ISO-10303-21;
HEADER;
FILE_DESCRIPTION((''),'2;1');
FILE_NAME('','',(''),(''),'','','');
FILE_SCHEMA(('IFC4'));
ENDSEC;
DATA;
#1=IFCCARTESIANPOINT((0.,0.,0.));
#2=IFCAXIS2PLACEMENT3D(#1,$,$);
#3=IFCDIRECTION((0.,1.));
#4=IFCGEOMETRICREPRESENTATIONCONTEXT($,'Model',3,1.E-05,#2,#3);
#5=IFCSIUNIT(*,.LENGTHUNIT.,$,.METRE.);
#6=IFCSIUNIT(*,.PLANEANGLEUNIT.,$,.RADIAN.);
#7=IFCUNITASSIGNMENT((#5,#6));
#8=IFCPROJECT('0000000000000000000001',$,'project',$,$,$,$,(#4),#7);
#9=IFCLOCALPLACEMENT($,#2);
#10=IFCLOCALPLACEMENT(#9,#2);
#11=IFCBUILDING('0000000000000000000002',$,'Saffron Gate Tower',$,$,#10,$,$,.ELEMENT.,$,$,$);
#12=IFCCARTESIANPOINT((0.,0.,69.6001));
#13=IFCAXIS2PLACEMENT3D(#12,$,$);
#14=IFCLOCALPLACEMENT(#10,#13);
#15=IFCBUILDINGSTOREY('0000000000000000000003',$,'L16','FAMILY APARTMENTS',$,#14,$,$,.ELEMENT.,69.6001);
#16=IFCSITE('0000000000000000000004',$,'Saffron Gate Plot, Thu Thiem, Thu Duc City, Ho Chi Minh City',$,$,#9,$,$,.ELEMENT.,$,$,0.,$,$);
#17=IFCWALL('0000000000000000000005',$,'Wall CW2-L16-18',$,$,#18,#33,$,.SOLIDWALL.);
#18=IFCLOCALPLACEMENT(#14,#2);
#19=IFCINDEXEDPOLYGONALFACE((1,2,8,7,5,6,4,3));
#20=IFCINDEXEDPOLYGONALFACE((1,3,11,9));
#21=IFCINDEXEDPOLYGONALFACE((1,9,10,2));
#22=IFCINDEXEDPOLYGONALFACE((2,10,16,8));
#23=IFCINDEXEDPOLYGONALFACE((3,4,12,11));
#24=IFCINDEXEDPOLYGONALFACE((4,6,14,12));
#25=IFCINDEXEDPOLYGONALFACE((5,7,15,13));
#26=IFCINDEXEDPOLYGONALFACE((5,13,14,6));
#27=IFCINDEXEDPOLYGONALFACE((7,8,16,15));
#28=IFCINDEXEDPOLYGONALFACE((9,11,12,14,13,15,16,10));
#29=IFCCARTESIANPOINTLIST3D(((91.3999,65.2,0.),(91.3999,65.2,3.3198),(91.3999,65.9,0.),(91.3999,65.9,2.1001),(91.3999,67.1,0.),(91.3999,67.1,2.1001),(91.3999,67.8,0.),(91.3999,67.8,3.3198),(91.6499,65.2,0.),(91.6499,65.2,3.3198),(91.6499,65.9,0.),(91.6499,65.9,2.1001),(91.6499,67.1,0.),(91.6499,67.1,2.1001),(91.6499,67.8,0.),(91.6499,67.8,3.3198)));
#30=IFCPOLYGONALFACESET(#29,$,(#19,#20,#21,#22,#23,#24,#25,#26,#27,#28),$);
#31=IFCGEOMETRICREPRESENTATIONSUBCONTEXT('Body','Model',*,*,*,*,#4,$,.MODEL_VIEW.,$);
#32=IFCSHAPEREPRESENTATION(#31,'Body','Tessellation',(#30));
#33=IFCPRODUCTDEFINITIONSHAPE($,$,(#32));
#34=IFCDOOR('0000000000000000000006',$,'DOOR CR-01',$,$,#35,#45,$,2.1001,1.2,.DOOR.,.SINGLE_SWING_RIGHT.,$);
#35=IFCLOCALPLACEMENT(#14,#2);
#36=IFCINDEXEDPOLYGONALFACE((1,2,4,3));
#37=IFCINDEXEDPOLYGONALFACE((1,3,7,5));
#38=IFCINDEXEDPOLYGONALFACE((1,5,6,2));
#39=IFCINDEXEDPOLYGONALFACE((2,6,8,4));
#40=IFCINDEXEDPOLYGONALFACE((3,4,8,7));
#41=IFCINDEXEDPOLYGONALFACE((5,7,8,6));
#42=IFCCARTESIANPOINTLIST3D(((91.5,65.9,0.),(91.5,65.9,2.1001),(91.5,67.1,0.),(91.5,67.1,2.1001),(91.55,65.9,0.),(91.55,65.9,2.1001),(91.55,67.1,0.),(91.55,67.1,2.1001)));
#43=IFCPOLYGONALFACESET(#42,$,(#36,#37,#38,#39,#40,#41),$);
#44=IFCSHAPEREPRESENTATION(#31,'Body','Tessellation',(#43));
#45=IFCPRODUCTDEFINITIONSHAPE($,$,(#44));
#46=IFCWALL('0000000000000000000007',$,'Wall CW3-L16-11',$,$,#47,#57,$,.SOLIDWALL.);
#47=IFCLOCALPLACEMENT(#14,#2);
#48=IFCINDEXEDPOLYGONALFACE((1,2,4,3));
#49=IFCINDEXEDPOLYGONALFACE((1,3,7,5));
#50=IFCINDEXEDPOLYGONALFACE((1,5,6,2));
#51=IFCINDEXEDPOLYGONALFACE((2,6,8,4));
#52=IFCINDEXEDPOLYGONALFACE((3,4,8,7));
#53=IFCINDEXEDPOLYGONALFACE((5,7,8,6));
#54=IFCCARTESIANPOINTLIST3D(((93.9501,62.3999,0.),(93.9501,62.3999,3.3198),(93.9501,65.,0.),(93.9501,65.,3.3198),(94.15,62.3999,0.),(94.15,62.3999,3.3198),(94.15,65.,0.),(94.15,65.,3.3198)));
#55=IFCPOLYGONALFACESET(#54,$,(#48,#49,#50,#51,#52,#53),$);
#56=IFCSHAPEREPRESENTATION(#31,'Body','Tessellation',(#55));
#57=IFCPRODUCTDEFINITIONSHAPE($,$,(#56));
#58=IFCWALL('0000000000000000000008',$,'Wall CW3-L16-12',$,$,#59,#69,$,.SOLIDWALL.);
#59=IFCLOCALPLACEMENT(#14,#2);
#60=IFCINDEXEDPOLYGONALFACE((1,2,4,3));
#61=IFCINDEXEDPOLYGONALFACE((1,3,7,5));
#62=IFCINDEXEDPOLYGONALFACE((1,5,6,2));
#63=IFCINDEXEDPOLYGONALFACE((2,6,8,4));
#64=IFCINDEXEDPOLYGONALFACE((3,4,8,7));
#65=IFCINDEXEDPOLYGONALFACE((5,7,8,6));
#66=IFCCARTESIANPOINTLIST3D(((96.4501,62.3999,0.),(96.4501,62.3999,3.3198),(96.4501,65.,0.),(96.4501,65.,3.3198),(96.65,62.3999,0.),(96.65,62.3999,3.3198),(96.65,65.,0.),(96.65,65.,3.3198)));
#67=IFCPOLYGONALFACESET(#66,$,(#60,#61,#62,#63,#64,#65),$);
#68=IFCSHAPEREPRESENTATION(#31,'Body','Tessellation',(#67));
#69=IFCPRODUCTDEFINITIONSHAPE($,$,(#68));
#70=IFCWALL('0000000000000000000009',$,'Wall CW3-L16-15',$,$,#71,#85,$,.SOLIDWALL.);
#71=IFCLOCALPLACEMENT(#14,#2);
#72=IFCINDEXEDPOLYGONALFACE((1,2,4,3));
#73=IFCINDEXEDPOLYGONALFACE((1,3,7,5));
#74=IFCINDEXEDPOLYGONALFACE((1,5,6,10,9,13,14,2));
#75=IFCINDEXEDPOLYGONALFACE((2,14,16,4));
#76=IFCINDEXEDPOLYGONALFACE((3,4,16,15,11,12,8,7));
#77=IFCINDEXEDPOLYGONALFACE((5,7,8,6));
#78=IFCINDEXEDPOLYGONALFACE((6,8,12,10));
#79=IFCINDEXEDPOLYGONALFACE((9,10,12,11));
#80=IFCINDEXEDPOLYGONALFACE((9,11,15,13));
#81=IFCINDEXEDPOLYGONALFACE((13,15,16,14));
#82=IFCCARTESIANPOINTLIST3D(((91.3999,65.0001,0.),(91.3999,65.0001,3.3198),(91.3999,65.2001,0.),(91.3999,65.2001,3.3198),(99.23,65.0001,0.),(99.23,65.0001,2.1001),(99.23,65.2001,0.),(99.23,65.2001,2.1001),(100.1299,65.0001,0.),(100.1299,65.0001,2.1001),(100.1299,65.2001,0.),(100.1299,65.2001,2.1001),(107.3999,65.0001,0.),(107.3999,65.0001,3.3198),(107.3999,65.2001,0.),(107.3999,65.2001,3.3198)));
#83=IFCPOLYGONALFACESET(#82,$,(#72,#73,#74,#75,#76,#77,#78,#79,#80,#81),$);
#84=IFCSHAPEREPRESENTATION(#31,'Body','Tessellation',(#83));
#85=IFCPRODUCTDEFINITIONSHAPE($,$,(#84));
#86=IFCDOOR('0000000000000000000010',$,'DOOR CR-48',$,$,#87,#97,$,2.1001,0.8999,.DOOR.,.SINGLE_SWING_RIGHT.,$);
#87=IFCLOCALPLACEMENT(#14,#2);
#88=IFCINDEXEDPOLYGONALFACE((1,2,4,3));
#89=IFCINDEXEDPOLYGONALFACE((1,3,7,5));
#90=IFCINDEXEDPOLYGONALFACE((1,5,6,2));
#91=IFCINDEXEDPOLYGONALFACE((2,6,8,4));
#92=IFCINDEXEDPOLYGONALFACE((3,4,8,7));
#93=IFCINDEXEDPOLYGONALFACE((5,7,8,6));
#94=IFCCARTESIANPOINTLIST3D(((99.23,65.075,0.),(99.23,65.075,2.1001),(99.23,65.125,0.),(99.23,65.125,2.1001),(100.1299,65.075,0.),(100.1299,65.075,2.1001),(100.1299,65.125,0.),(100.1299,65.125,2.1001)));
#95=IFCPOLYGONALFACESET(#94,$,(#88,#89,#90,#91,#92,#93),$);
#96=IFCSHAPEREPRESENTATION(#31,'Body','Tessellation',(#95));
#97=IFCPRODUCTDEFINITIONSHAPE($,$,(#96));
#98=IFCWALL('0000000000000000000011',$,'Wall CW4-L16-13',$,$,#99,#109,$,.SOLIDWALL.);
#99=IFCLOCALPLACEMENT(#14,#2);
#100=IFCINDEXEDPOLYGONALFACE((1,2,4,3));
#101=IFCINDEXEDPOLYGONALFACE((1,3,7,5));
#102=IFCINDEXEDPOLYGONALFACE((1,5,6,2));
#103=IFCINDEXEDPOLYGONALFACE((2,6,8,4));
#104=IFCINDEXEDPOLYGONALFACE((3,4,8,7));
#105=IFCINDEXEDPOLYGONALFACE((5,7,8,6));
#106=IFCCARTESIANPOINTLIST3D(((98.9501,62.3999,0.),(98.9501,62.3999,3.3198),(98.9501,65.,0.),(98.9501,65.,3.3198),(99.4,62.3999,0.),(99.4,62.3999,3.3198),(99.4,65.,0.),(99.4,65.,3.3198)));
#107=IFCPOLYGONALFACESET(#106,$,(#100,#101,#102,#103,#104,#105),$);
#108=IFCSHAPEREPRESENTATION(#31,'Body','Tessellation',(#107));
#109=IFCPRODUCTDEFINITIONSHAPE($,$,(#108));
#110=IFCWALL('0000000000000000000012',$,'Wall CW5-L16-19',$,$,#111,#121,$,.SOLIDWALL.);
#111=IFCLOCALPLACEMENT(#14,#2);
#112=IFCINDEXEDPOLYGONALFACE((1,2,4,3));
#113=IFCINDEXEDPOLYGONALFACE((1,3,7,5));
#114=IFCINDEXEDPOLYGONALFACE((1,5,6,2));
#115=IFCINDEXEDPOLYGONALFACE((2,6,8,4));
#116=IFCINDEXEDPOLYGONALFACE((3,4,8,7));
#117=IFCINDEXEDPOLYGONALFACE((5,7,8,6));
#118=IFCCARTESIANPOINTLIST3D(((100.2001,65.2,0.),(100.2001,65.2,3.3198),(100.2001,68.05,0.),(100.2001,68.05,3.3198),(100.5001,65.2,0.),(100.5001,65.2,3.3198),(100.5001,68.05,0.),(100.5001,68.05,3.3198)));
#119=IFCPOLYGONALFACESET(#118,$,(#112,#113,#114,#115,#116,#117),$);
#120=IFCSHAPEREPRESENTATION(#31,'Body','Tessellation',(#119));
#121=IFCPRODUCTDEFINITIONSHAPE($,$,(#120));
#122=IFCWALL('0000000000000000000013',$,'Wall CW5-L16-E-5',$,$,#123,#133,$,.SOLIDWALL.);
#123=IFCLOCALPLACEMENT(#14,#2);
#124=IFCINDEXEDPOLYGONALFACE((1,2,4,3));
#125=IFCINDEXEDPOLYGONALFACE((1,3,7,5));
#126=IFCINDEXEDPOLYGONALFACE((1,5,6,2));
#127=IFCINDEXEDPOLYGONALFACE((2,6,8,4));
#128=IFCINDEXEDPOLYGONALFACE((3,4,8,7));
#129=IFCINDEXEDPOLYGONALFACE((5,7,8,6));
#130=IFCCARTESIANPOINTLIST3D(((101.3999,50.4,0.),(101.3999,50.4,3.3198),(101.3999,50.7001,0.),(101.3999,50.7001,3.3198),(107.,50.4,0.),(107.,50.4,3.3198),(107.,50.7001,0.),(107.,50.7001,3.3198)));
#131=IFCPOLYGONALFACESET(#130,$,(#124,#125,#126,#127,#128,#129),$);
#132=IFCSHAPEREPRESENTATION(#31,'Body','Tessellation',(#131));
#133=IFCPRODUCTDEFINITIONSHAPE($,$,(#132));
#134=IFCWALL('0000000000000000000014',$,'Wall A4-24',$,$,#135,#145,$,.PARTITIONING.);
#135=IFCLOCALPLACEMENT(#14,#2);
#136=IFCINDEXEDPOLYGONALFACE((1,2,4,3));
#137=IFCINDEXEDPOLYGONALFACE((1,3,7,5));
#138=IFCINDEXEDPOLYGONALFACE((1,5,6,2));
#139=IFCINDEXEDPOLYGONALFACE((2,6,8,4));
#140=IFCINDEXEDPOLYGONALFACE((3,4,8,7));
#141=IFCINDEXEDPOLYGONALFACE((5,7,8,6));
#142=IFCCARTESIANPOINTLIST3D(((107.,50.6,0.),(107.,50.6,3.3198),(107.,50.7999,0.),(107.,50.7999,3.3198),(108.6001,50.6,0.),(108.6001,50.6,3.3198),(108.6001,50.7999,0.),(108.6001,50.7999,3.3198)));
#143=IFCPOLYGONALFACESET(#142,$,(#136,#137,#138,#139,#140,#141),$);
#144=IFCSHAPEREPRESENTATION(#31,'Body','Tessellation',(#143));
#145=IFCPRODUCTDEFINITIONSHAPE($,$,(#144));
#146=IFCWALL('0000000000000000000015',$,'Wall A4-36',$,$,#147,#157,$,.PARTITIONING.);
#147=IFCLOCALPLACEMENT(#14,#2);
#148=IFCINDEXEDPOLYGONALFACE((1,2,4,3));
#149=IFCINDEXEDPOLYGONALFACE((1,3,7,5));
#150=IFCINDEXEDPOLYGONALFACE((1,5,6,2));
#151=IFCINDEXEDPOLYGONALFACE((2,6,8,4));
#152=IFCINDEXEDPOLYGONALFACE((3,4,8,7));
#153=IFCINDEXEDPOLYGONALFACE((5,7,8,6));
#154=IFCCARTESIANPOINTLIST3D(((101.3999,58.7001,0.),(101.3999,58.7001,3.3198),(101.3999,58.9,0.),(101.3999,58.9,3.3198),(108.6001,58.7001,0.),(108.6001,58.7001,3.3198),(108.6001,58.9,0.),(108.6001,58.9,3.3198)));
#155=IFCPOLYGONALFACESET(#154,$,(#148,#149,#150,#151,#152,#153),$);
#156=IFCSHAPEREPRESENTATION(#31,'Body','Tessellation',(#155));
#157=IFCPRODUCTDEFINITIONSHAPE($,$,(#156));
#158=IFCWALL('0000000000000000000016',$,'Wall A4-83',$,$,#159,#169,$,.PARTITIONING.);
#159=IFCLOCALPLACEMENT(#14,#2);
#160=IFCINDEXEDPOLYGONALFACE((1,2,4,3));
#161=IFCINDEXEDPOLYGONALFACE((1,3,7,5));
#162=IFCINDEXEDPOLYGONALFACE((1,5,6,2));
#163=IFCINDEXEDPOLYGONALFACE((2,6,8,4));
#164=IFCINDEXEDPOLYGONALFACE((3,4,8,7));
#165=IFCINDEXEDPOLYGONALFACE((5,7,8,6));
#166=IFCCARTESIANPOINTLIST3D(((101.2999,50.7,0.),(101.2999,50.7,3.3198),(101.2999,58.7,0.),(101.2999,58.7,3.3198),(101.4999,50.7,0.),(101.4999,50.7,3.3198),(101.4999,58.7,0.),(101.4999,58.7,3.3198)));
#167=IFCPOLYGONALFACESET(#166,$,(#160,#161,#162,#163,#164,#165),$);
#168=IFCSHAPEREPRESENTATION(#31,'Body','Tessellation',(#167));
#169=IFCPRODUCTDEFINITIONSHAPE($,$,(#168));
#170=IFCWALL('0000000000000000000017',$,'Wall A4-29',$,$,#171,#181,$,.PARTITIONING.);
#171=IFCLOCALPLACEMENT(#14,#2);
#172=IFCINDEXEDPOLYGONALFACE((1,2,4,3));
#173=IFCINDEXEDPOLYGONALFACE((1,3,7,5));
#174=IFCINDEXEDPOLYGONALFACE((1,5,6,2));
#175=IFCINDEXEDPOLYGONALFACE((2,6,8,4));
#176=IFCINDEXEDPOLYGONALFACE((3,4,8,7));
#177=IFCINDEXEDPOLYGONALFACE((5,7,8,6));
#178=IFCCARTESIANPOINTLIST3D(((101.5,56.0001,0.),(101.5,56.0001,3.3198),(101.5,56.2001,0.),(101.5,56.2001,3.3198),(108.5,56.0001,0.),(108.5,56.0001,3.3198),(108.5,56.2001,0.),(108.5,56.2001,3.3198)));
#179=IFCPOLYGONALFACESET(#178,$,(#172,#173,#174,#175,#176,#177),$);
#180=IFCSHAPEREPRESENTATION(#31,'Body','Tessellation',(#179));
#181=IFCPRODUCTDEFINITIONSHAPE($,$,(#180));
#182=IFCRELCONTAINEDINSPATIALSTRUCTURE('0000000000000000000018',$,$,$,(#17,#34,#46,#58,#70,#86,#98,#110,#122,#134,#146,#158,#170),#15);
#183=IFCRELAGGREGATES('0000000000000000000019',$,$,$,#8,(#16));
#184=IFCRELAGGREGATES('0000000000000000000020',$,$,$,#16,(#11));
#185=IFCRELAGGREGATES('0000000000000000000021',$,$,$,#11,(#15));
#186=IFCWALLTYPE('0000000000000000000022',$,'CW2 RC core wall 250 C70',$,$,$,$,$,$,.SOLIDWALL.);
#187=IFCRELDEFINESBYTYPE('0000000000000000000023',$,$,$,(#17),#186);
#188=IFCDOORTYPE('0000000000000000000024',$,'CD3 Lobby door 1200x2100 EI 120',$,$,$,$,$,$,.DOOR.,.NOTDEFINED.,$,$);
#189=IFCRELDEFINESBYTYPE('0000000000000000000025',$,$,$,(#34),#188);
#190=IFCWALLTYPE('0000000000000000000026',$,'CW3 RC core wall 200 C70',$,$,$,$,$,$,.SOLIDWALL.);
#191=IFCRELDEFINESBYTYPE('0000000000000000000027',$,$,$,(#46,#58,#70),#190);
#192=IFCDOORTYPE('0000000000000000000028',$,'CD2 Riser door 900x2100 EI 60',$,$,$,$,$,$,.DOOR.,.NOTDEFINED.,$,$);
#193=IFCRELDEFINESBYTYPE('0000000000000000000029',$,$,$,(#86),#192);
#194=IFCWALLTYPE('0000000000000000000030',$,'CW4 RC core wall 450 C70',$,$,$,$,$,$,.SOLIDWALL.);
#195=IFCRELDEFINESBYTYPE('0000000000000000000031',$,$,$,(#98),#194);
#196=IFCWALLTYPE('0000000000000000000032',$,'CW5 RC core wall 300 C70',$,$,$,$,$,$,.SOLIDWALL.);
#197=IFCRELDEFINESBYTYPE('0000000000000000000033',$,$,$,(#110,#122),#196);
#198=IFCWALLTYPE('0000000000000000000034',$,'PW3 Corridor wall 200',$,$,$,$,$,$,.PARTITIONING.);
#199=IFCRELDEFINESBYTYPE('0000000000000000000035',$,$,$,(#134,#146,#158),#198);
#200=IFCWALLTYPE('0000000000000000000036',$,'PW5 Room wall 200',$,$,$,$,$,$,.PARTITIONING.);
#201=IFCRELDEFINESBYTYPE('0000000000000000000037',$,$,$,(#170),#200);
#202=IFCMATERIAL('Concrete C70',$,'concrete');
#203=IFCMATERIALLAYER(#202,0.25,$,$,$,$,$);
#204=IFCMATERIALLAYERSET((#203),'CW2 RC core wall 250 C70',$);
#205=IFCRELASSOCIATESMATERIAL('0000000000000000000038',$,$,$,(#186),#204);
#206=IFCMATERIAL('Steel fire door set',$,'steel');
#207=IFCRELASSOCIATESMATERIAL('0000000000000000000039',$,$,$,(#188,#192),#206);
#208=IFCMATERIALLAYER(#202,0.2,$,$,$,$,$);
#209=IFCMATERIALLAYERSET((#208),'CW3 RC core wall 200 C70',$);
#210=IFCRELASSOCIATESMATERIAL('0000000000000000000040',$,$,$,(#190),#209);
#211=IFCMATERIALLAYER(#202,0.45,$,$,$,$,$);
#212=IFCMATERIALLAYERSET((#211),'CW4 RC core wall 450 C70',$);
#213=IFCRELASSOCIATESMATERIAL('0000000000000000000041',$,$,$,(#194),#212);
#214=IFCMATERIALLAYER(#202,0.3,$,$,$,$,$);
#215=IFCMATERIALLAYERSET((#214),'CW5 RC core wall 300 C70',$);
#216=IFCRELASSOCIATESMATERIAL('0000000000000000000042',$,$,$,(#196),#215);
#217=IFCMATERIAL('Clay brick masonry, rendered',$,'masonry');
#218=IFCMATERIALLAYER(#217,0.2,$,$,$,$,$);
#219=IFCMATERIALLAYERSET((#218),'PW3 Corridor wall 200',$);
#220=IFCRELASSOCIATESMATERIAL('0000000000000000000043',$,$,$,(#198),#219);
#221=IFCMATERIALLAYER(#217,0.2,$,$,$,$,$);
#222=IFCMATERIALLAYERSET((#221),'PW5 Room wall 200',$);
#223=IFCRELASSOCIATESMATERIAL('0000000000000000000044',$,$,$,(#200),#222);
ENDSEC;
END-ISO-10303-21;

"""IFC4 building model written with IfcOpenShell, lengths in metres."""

from ifc_helpers import new_model, si_unit, direction, frame, frame_2d, origin, place, context, subcontext, project, spatial, rectangle, extrude, material, layer, layer_set, type_object, element, fill, save


model = new_model("IFC4")

# Units and contexts
model_context = context("Model", 3, precision=1e-05, world=origin(), true_north=direction((0.0, 1.0)))
body_context = subcontext(model_context, "Body", "Model", "MODEL_VIEW")
ifc_project = project(units=[si_unit("LENGTHUNIT", "METRE"), si_unit("PLANEANGLEUNIT", "RADIAN")], contexts=[model_context])

# Site, building, storey
site_placement = place(None, origin())
site = spatial("IfcSite", under=ifc_project, at=site_placement, Name="Saffron Gate Plot, Thu Thiem, Thu Duc City, Ho Chi Minh City", CompositionType="ELEMENT", RefElevation=0.0)
building_placement = place(site_placement, origin())
building = spatial("IfcBuilding", under=site, at=building_placement, Name="Saffron Gate Tower", CompositionType="ELEMENT")
storey_placement = place(building_placement, frame((0.0, 0.0, 69.6001)))
storey = spatial("IfcBuildingStorey", under=building, at=storey_placement, Name="L16", Description="FAMILY APARTMENTS", CompositionType="ELEMENT", Elevation=69.6001)

# Shared definitions
ifc_material_1 = material(Name="Concrete C70", Category="concrete")
ifc_material_2 = material(Name="Steel fire door set", Category="steel")

# Shared definitions
ifc_layer_1 = layer(ifc_material_1, 0.25)
ifc_layer_set_1 = layer_set([ifc_layer_1], Name="CW2 RC core wall 250 C70")
wall_type_1 = type_object("IfcWallType", Name="CW2 RC core wall 250 C70", PredefinedType="SOLIDWALL", material=ifc_layer_set_1)

# Wall, opening, door
door_type_1 = type_object("IfcDoorType", Name="CD3 Lobby door 1200x2100 EI 120", OperationType="NOTDEFINED", PredefinedType="DOOR", material=ifc_material_2)
wall_1_placement = place(storey_placement, frame((91.5249, 65.2, 0.0), z_axis=(0.0, 0.0, 1.0), x_axis=(0.0, 1.0, 0.0)))
wall_1 = element("IfcWall", 1, at=wall_1_placement, inside=storey, type_object=wall_type_1, Name="Wall CW2-L16-18", PredefinedType="SOLIDWALL", context=body_context, shape_type="SweptSolid", body=[
    extrude(rectangle(XDim=2.6001, YDim=0.25, at=frame_2d((1.3, 0.0))), origin(), (0.0, 0.0, 1.0), 3.3198),
])
opening_1_placement = place(wall_1_placement, frame((0.7, 0.0, 0.0)))
opening_1 = element("IfcOpeningElement", 2, at=opening_1_placement, cuts=wall_1, PredefinedType="OPENING", context=body_context, shape_type="SweptSolid", body=[
    extrude(rectangle(XDim=1.2, YDim=2.1001, at=frame_2d((0.6001, 1.05))), frame((0.0, 0.135, 0.0), z_axis=(0.0, -1.0, 0.0), x_axis=(1.0, 0.0, 0.0)), (0.0, 0.0, 1.0), 0.27),
])
door_1_placement = place(opening_1_placement, origin())
door_1 = element("IfcDoor", 3, at=door_1_placement, inside=storey, type_object=door_type_1, Name="DOOR CR-01", OperationType="SINGLE_SWING_RIGHT", OverallHeight=2.1001, OverallWidth=1.2, PredefinedType="DOOR", context=body_context, shape_type="SweptSolid", body=[
    extrude(rectangle(XDim=1.2, YDim=2.1001, at=frame_2d((0.6001, 1.05))), frame((0.0, 0.0249, 0.0), z_axis=(0.0, -1.0, 0.0), x_axis=(1.0, 0.0, 0.0)), (0.0, 0.0, 1.0), 0.05),
])
fill(opening_1, door_1)

# Walls
ifc_layer_2 = layer(ifc_material_1, 0.2)
ifc_layer_set_2 = layer_set([ifc_layer_2], Name="CW3 RC core wall 200 C70")
wall_type_2 = type_object("IfcWallType", Name="CW3 RC core wall 200 C70", PredefinedType="SOLIDWALL", material=ifc_layer_set_2)
for number, where, z_axis, x_axis, name in (
    (4, (94.05, 62.3999, 0.0), (0.0, 0.0, 1.0), (0.0, 1.0, 0.0), "Wall CW3-L16-11"),
    (5, (96.55, 62.3999, 0.0), (0.0, 0.0, 1.0), (0.0, 1.0, 0.0), "Wall CW3-L16-12"),
):
    element("IfcWall", number, at=place(storey_placement, frame(where, z_axis=z_axis, x_axis=x_axis)), inside=storey, type_object=wall_type_2, Name=name, PredefinedType="SOLIDWALL", context=body_context, shape_type="SweptSolid", body=[
        extrude(rectangle(XDim=2.6001, YDim=0.2, at=frame_2d((1.3, 0.0))), origin(), (0.0, 0.0, 1.0), 3.3198),
    ])

# Wall, opening, door
wall_2_placement = place(storey_placement, frame((91.3999, 65.1001, 0.0), z_axis=(0.0, 0.0, 1.0), x_axis=(1.0, 0.0, 0.0)))
wall_2 = element("IfcWall", 6, at=wall_2_placement, inside=storey, type_object=wall_type_2, Name="Wall CW3-L16-15", PredefinedType="SOLIDWALL", context=body_context, shape_type="SweptSolid", body=[
    extrude(rectangle(XDim=16.0, YDim=0.2, at=frame_2d((8.0, 0.0))), origin(), (0.0, 0.0, 1.0), 3.3198),
])
opening_2_placement = place(wall_2_placement, frame((7.8301, 0.0, 0.0)))
opening_2 = element("IfcOpeningElement", 7, at=opening_2_placement, cuts=wall_2, PredefinedType="OPENING", context=body_context, shape_type="SweptSolid", body=[
    extrude(rectangle(XDim=0.8999, YDim=2.1001, at=frame_2d((0.45, 1.05))), frame((0.0, 0.1099, 0.0), z_axis=(0.0, -1.0, 0.0), x_axis=(1.0, 0.0, 0.0)), (0.0, 0.0, 1.0), 0.22),
])
door_type_2 = type_object("IfcDoorType", Name="CD2 Riser door 900x2100 EI 60", OperationType="NOTDEFINED", PredefinedType="DOOR", material=ifc_material_2)
door_2_placement = place(opening_2_placement, origin())
door_2 = element("IfcDoor", 8, at=door_2_placement, inside=storey, type_object=door_type_2, Name="DOOR CR-48", OperationType="SINGLE_SWING_RIGHT", OverallHeight=2.1001, OverallWidth=0.8999, PredefinedType="DOOR", context=body_context, shape_type="SweptSolid", body=[
    extrude(rectangle(XDim=0.8999, YDim=2.1001, at=frame_2d((0.45, 1.05))), frame((0.0, 0.0249, 0.0), z_axis=(0.0, -1.0, 0.0), x_axis=(1.0, 0.0, 0.0)), (0.0, 0.0, 1.0), 0.05),
])
fill(opening_2, door_2)

# Walls
ifc_layer_3 = layer(ifc_material_1, 0.45)
ifc_layer_set_3 = layer_set([ifc_layer_3], Name="CW4 RC core wall 450 C70")
wall_type_3 = type_object("IfcWallType", Name="CW4 RC core wall 450 C70", PredefinedType="SOLIDWALL", material=ifc_layer_set_3)
wall_3_placement = place(storey_placement, frame((99.175, 62.3999, 0.0), z_axis=(0.0, 0.0, 1.0), x_axis=(0.0, 1.0, 0.0)))
element("IfcWall", 9, at=wall_3_placement, inside=storey, type_object=wall_type_3, Name="Wall CW4-L16-13", PredefinedType="SOLIDWALL", context=body_context, shape_type="SweptSolid", body=[
    extrude(rectangle(XDim=2.6001, YDim=0.45, at=frame_2d((1.3, 0.0))), origin(), (0.0, 0.0, 1.0), 3.3198),
])
ifc_layer_4 = layer(ifc_material_1, 0.3)
ifc_layer_set_4 = layer_set([ifc_layer_4], Name="CW5 RC core wall 300 C70")
wall_type_4 = type_object("IfcWallType", Name="CW5 RC core wall 300 C70", PredefinedType="SOLIDWALL", material=ifc_layer_set_4)
wall_4_placement = place(storey_placement, frame((100.3501, 65.2, 0.0), z_axis=(0.0, 0.0, 1.0), x_axis=(0.0, 1.0, 0.0)))
element("IfcWall", 10, at=wall_4_placement, inside=storey, type_object=wall_type_4, Name="Wall CW5-L16-19", PredefinedType="SOLIDWALL", context=body_context, shape_type="SweptSolid", body=[
    extrude(rectangle(XDim=2.8501, YDim=0.3, at=frame_2d((1.425, 0.0))), origin(), (0.0, 0.0, 1.0), 3.3198),
])
wall_5_placement = place(storey_placement, frame((101.3999, 50.55, 0.0), z_axis=(0.0, 0.0, 1.0), x_axis=(1.0, 0.0, 0.0)))
element("IfcWall", 11, at=wall_5_placement, inside=storey, type_object=wall_type_4, Name="Wall CW5-L16-E-5", PredefinedType="SOLIDWALL", context=body_context, shape_type="SweptSolid", body=[
    extrude(rectangle(XDim=5.6001, YDim=0.3, at=frame_2d((2.8, 0.0))), origin(), (0.0, 0.0, 1.0), 3.3198),
])
ifc_material_3 = material(Name="Clay brick masonry, rendered", Category="masonry")
ifc_layer_5 = layer(ifc_material_3, 0.2)
ifc_layer_set_5 = layer_set([ifc_layer_5], Name="PW3 Corridor wall 200")
wall_type_5 = type_object("IfcWallType", Name="PW3 Corridor wall 200", PredefinedType="PARTITIONING", material=ifc_layer_set_5)
wall_6_placement = place(storey_placement, frame((107.0, 50.7, 0.0), z_axis=(0.0, 0.0, 1.0), x_axis=(1.0, 0.0, 0.0)))
element("IfcWall", 12, at=wall_6_placement, inside=storey, type_object=wall_type_5, Name="Wall A4-24", PredefinedType="PARTITIONING", context=body_context, shape_type="SweptSolid", body=[
    extrude(rectangle(XDim=1.6001, YDim=0.2, at=frame_2d((0.8, 0.0))), origin(), (0.0, 0.0, 1.0), 3.3198),
])
wall_7_placement = place(storey_placement, frame((101.3999, 58.8, 0.0), z_axis=(0.0, 0.0, 1.0), x_axis=(1.0, 0.0, 0.0)))
element("IfcWall", 13, at=wall_7_placement, inside=storey, type_object=wall_type_5, Name="Wall A4-36", PredefinedType="PARTITIONING", context=body_context, shape_type="SweptSolid", body=[
    extrude(rectangle(XDim=7.2002, YDim=0.2, at=frame_2d((3.6001, 0.0))), origin(), (0.0, 0.0, 1.0), 3.3198),
])
wall_8_placement = place(storey_placement, frame((101.3999, 58.7, 0.0), z_axis=(0.0, 0.0, 1.0), x_axis=(0.0, -1.0, 0.0)))
element("IfcWall", 14, at=wall_8_placement, inside=storey, type_object=wall_type_5, Name="Wall A4-83", PredefinedType="PARTITIONING", context=body_context, shape_type="SweptSolid", body=[
    extrude(rectangle(XDim=8.0, YDim=0.2, at=frame_2d((4.0, 0.0))), origin(), (0.0, 0.0, 1.0), 3.3198),
])
ifc_layer_6 = layer(ifc_material_3, 0.2)
ifc_layer_set_6 = layer_set([ifc_layer_6], Name="PW5 Room wall 200")
wall_type_6 = type_object("IfcWallType", Name="PW5 Room wall 200", PredefinedType="PARTITIONING", material=ifc_layer_set_6)
wall_9_placement = place(storey_placement, frame((101.5, 56.1001, 0.0), z_axis=(0.0, 0.0, 1.0), x_axis=(1.0, 0.0, 0.0)))
element("IfcWall", 15, at=wall_9_placement, inside=storey, type_object=wall_type_6, Name="Wall A4-29", PredefinedType="PARTITIONING", context=body_context, shape_type="SweptSolid", body=[
    extrude(rectangle(XDim=7.0, YDim=0.2, at=frame_2d((3.5, 0.0))), origin(), (0.0, 0.0, 1.0), 3.3198),
])

save(model, "model.ifc")
